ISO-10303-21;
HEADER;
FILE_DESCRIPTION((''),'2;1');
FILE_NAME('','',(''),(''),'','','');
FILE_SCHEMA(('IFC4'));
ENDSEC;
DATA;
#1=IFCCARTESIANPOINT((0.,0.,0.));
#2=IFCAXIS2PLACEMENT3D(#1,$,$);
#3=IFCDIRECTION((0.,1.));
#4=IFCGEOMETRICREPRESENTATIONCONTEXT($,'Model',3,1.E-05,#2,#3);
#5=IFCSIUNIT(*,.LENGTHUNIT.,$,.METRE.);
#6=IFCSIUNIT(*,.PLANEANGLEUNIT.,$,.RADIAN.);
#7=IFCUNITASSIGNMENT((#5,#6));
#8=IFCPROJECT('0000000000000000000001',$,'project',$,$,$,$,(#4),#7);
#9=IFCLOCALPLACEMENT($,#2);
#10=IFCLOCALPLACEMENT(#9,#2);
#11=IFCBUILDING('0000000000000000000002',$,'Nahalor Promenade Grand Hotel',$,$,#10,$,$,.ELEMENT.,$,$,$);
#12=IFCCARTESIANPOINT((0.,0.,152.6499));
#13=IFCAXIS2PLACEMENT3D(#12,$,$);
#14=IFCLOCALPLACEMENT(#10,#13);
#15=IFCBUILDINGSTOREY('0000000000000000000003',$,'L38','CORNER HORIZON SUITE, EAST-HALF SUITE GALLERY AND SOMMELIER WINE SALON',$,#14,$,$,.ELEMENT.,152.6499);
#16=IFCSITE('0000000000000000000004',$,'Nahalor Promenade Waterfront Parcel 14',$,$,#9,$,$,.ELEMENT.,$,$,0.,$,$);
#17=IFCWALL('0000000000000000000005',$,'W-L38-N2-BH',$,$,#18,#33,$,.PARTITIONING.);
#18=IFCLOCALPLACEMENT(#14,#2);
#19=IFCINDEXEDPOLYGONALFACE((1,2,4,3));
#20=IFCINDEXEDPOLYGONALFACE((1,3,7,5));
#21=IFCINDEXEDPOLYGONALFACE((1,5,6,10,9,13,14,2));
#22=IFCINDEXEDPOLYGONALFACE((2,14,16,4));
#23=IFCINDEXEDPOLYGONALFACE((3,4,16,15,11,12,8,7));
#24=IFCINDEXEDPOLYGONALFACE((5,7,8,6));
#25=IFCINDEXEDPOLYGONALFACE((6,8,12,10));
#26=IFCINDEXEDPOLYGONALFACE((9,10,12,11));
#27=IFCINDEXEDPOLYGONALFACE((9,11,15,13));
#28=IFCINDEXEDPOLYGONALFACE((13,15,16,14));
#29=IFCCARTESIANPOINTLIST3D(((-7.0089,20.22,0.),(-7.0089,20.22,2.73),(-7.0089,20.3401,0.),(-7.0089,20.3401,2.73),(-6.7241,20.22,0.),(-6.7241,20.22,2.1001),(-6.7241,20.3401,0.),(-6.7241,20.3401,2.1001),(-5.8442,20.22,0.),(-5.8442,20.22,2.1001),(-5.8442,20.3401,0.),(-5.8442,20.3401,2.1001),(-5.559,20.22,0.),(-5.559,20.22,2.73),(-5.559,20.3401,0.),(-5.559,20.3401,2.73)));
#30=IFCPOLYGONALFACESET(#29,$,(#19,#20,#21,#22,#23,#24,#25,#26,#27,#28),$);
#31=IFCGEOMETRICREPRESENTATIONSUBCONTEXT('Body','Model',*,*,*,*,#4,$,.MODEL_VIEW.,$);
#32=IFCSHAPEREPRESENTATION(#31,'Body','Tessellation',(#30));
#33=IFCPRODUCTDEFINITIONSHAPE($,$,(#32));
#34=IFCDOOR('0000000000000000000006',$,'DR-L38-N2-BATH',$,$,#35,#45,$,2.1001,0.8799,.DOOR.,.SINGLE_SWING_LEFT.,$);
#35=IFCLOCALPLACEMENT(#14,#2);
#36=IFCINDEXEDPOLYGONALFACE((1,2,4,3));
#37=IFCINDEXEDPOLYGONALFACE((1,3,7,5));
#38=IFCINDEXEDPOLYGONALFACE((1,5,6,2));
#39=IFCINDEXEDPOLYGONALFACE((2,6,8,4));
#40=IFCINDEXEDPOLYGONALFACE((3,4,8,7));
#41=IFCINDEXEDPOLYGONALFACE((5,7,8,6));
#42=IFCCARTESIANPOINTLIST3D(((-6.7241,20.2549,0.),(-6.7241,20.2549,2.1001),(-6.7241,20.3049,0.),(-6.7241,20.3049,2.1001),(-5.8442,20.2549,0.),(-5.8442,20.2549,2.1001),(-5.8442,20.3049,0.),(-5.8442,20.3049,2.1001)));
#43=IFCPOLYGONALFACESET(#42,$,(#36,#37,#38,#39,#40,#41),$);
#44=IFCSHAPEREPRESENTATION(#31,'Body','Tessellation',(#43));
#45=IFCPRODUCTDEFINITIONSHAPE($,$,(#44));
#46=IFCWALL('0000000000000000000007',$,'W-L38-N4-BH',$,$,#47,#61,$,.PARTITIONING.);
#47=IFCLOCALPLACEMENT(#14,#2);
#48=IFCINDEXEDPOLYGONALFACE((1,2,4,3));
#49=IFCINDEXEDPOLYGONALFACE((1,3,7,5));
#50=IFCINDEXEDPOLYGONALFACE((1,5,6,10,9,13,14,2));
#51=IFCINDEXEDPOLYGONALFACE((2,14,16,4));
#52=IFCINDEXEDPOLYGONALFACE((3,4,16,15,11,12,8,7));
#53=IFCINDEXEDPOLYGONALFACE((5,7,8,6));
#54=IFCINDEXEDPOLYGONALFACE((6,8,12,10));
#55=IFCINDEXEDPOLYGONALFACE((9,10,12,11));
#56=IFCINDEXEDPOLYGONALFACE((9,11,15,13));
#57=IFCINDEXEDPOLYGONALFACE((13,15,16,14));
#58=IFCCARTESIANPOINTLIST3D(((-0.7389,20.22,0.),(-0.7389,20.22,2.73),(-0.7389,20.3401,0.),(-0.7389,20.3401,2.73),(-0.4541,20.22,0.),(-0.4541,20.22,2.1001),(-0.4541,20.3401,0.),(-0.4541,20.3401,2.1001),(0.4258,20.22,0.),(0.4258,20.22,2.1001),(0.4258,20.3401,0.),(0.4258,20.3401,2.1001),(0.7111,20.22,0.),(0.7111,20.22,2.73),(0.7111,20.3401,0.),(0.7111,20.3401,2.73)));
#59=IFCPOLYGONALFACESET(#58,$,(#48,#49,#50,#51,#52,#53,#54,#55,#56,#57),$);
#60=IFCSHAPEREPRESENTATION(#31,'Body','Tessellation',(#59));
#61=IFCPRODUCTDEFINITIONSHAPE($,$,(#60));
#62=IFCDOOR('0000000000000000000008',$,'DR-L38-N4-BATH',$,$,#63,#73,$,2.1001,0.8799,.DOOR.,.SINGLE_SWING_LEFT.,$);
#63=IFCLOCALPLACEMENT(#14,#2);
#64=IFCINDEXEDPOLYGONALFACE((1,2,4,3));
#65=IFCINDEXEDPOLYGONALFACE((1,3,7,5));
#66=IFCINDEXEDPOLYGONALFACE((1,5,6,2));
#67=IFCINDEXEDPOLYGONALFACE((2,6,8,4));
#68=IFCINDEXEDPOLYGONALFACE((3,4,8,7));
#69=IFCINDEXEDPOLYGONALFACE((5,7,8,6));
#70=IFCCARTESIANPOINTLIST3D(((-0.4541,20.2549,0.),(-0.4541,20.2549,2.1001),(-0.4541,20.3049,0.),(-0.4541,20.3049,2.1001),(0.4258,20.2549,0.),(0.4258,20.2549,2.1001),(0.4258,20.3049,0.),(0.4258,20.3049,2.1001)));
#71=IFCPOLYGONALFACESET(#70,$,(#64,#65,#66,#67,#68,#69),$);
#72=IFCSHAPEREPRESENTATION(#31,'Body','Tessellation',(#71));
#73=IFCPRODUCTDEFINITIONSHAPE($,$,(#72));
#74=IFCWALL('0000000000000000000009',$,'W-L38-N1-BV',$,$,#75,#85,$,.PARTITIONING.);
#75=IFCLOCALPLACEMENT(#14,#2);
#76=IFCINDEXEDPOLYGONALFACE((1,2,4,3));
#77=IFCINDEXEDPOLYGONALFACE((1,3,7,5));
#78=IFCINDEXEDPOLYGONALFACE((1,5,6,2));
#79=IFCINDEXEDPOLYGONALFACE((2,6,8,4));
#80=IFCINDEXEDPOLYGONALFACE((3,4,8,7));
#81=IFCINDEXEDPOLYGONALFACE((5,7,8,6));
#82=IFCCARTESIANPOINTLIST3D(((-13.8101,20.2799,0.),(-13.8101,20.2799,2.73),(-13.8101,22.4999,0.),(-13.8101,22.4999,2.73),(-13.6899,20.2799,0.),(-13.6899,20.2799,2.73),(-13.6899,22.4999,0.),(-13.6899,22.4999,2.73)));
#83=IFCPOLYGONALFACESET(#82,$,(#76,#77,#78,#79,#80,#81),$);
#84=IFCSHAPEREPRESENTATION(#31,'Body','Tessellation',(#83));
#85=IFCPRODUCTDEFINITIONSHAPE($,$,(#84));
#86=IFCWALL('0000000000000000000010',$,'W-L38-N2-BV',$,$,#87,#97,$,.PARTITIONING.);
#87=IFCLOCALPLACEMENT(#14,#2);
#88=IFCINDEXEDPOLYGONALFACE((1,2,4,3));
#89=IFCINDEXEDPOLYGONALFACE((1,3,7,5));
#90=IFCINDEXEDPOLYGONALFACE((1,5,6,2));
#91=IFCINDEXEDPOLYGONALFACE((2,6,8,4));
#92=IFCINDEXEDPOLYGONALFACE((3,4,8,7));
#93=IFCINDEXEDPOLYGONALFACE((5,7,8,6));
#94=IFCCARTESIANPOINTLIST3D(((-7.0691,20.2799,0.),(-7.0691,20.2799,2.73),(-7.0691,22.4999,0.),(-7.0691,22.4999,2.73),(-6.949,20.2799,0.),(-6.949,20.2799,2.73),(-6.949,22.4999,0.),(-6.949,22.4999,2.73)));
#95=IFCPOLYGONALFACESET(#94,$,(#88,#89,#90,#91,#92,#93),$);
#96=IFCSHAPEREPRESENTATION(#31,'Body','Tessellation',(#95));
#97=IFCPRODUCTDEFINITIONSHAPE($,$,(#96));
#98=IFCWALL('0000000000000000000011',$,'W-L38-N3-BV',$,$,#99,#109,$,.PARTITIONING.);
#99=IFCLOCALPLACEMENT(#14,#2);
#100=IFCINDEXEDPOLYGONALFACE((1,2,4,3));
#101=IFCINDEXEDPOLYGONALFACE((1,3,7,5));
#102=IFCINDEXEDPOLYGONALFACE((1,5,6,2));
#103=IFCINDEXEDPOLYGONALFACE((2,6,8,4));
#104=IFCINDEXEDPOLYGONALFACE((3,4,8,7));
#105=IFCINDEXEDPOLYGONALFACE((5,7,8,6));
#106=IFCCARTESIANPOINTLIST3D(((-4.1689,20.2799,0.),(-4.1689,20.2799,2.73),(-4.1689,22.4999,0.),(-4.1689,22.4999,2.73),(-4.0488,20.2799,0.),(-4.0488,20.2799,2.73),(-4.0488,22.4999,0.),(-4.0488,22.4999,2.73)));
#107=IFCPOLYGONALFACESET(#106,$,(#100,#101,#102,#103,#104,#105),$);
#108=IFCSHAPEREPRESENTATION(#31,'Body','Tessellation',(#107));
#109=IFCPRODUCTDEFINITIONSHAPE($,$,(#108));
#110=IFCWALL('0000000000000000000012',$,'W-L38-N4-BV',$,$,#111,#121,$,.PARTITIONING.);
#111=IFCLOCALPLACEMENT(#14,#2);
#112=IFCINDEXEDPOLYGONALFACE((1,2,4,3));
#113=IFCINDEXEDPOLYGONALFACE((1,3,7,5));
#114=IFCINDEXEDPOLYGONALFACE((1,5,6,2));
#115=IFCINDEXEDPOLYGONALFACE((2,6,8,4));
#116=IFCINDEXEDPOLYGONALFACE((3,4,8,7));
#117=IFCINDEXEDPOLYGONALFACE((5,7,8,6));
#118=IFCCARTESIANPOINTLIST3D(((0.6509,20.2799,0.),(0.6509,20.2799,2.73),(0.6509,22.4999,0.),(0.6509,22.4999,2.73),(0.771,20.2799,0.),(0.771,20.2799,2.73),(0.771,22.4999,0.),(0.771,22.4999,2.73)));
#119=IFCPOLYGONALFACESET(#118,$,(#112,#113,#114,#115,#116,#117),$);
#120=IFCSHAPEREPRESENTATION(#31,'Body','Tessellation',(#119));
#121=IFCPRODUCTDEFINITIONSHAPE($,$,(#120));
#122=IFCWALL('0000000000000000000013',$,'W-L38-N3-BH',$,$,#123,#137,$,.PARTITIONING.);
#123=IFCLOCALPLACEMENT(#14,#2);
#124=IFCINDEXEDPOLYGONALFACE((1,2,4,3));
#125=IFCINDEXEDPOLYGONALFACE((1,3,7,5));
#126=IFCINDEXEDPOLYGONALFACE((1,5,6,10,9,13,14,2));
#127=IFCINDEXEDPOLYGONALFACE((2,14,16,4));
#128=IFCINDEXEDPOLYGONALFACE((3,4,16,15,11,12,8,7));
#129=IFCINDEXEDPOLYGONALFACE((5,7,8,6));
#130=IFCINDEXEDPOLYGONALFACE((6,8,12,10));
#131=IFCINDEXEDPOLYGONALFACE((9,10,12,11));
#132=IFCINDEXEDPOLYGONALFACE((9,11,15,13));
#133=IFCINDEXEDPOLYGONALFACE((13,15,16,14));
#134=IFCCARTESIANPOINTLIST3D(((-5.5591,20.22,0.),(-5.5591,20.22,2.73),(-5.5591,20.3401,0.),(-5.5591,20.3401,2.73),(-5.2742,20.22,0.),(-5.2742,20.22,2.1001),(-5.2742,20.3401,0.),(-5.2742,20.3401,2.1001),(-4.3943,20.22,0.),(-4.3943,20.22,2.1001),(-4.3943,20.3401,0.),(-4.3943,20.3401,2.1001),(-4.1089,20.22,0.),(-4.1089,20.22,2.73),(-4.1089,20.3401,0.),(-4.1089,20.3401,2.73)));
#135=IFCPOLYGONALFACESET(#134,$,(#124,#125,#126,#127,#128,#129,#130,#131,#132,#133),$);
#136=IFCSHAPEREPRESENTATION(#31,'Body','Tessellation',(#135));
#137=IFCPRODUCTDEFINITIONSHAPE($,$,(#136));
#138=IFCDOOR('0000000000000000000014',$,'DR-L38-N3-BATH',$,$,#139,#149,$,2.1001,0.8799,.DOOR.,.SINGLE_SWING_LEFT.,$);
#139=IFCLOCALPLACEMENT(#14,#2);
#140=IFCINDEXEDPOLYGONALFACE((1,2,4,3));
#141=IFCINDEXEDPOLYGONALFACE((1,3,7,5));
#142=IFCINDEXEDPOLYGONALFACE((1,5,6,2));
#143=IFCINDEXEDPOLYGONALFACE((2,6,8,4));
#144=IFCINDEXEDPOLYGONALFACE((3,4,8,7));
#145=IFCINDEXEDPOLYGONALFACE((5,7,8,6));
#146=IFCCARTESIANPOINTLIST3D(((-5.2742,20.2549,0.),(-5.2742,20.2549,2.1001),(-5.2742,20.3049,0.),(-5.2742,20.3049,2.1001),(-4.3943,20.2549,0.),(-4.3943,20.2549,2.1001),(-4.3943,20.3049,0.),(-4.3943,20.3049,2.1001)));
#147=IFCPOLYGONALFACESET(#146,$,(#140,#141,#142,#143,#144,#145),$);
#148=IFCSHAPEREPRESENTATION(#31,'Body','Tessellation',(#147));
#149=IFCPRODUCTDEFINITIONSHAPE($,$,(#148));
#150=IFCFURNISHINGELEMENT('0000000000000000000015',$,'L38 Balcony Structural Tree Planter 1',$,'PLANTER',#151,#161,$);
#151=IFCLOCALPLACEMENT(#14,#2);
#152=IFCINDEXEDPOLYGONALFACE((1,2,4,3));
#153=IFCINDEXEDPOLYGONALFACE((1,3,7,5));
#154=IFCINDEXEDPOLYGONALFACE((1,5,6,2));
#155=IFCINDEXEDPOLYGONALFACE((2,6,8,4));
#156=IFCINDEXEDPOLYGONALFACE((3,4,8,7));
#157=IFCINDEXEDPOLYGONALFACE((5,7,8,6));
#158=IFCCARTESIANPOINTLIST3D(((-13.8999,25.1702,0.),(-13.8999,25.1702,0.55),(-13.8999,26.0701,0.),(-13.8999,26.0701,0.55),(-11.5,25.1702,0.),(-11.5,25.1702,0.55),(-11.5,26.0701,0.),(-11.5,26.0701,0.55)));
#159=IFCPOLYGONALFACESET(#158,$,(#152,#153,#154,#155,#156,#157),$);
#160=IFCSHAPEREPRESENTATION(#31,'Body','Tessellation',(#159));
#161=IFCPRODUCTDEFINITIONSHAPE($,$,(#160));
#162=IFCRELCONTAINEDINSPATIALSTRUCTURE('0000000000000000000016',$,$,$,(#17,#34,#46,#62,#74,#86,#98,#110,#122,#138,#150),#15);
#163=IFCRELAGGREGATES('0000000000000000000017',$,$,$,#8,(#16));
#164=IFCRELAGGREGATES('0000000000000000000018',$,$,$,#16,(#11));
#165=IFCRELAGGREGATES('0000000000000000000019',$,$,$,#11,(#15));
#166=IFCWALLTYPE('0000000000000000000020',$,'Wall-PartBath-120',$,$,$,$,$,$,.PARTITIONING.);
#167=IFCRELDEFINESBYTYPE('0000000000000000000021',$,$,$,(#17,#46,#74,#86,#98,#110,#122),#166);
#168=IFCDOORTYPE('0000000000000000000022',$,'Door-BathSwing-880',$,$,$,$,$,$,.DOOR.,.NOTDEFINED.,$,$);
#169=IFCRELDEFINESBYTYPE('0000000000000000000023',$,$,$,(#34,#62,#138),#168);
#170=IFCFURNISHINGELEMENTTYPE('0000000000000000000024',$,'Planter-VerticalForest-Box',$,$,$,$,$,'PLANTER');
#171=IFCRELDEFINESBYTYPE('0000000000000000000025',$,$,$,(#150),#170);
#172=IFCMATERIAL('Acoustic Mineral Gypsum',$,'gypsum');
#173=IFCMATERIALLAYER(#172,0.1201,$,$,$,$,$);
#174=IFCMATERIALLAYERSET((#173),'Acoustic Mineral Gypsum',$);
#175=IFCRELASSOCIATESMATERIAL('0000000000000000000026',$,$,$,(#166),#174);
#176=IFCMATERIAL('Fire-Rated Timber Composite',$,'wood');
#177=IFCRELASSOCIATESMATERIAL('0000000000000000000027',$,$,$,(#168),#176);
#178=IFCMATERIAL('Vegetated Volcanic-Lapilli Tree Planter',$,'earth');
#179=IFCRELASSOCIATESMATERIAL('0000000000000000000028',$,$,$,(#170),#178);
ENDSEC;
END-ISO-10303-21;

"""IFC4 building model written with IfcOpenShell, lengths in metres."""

from ifc_helpers import new_model, si_unit, direction, frame, frame_2d, origin, origin_2d, place, context, subcontext, project, spatial, rectangle, extrude, source, transform, mapped, material, layer, layer_set, type_object, element, fill, save


model = new_model("IFC4")

# Units and contexts
model_context = context("Model", 3, precision=1e-05, world=origin(), true_north=direction((0.0, 1.0)))
body_context = subcontext(model_context, "Body", "Model", "MODEL_VIEW")
ifc_project = project(units=[si_unit("LENGTHUNIT", "METRE"), si_unit("PLANEANGLEUNIT", "RADIAN")], contexts=[model_context])

# Site, building, storey
site_placement = place(None, origin())
site = spatial("IfcSite", under=ifc_project, at=site_placement, Name="Nahalor Promenade Waterfront Parcel 14", CompositionType="ELEMENT", RefElevation=0.0)
building_placement = place(site_placement, origin())
building = spatial("IfcBuilding", under=site, at=building_placement, Name="Nahalor Promenade Grand Hotel", CompositionType="ELEMENT")
storey_placement = place(building_placement, frame((0.0, 0.0, 152.6499)))
storey = spatial("IfcBuildingStorey", under=building, at=storey_placement, Name="L38", Description="CORNER HORIZON SUITE, EAST-HALF SUITE GALLERY AND SOMMELIER WINE SALON", CompositionType="ELEMENT", Elevation=152.6499)

# Walls, openings, doors
ifc_material_1 = material(Name="Acoustic Mineral Gypsum", Category="gypsum")
ifc_layer_1 = layer(ifc_material_1, 0.1201)
ifc_layer_set_1 = layer_set([ifc_layer_1], Name="Acoustic Mineral Gypsum")
wall_type = type_object("IfcWallType", Name="Wall-PartBath-120", PredefinedType="PARTITIONING", material=ifc_layer_set_1)
shared_shape_1 = source(origin(), body_context, "Body", "SweptSolid", [
    extrude(rectangle(XDim=1.45, YDim=0.1201, at=frame_2d((0.7251, 0.0))), origin(), (0.0, 0.0, 1.0), 2.73),
])
ifc_material_2 = material(Name="Fire-Rated Timber Composite", Category="wood")
door_type = type_object("IfcDoorType", Name="Door-BathSwing-880", OperationType="NOTDEFINED", PredefinedType="DOOR", material=ifc_material_2)
shared_shape_2 = source(origin(), body_context, "Body", "SweptSolid", [
    extrude(rectangle(XDim=0.8799, YDim=2.1001, at=frame_2d((0.4399, 1.05))), frame((0.0, 0.0249, 0.0), z_axis=(0.0, -1.0, 0.0), x_axis=(1.0, 0.0, 0.0)), (0.0, 0.0, 1.0), 0.05),
])
wall_1_placement = place(storey_placement, frame((-7.009, 20.28, 0.0), z_axis=(0.0, 0.0, 1.0), x_axis=(1.0, 0.0, 0.0)))
wall_1 = element("IfcWall", 1, at=wall_1_placement, inside=storey, type_object=wall_type, Name="W-L38-N2-BH", PredefinedType="PARTITIONING", context=body_context, shape_type="MappedRepresentation", body=[
    mapped(shared_shape_1, transform((0.0, 0.0, 0.0), scale=1.0)),
])
opening_1_placement = place(wall_1_placement, frame((0.2849, 0.0, 0.0)))
opening_1 = element("IfcOpeningElement", 2, at=opening_1_placement, cuts=wall_1, PredefinedType="OPENING", context=body_context, shape_type="SweptSolid", body=[
    extrude(rectangle(XDim=0.8799, YDim=2.1001, at=frame_2d((0.4399, 1.05))), frame((0.0, 0.0701, 0.0), z_axis=(0.0, -1.0, 0.0), x_axis=(1.0, 0.0, 0.0)), (0.0, 0.0, 1.0), 0.1401),
])
door_1_placement = place(opening_1_placement, origin())
door_1 = element("IfcDoor", 3, at=door_1_placement, inside=storey, type_object=door_type, Name="DR-L38-N2-BATH", OperationType="SINGLE_SWING_LEFT", OverallHeight=2.1001, OverallWidth=0.8799, PredefinedType="DOOR", context=body_context, shape_type="MappedRepresentation", body=[
    mapped(shared_shape_2, transform((0.0, 0.0, 0.0), scale=1.0)),
])
fill(opening_1, door_1)
wall_2_placement = place(storey_placement, frame((-0.739, 20.28, 0.0), z_axis=(0.0, 0.0, 1.0), x_axis=(1.0, 0.0, 0.0)))
wall_2 = element("IfcWall", 4, at=wall_2_placement, inside=storey, type_object=wall_type, Name="W-L38-N4-BH", PredefinedType="PARTITIONING", context=body_context, shape_type="MappedRepresentation", body=[
    mapped(shared_shape_1, transform((0.0, 0.0, 0.0), scale=1.0)),
])
opening_2_placement = place(wall_2_placement, frame((0.2849, 0.0, 0.0)))
opening_2 = element("IfcOpeningElement", 5, at=opening_2_placement, cuts=wall_2, PredefinedType="OPENING", context=body_context, shape_type="SweptSolid", body=[
    extrude(rectangle(XDim=0.8799, YDim=2.1001, at=frame_2d((0.4399, 1.05))), frame((0.0, 0.0701, 0.0), z_axis=(0.0, -1.0, 0.0), x_axis=(1.0, 0.0, 0.0)), (0.0, 0.0, 1.0), 0.1401),
])
door_2_placement = place(opening_2_placement, origin())
door_2 = element("IfcDoor", 6, at=door_2_placement, inside=storey, type_object=door_type, Name="DR-L38-N4-BATH", OperationType="SINGLE_SWING_LEFT", OverallHeight=2.1001, OverallWidth=0.8799, PredefinedType="DOOR", context=body_context, shape_type="MappedRepresentation", body=[
    mapped(shared_shape_2, transform((0.0, 0.0, 0.0), scale=1.0)),
])
fill(opening_2, door_2)

# Walls
shared_shape_3 = source(origin(), body_context, "Body", "SweptSolid", [
    extrude(rectangle(XDim=2.22, YDim=0.1201, at=frame_2d((1.1099, 0.0))), origin(), (0.0, 0.0, 1.0), 2.73),
])
for number, where, z_axis, x_axis, name in (
    (7, (-13.75, 20.28, 0.0), (0.0, 0.0, 1.0), (0.0, 1.0, 0.0), "W-L38-N1-BV"),
    (8, (-7.009, 20.28, 0.0), (0.0, 0.0, 1.0), (0.0, 1.0, 0.0), "W-L38-N2-BV"),
    (9, (-4.1089, 20.28, 0.0), (0.0, 0.0, 1.0), (0.0, 1.0, 0.0), "W-L38-N3-BV"),
    (10, (0.7109, 20.28, 0.0), (0.0, 0.0, 1.0), (0.0, 1.0, 0.0), "W-L38-N4-BV"),
):
    element("IfcWall", number, at=place(storey_placement, frame(where, z_axis=z_axis, x_axis=x_axis)), inside=storey, type_object=wall_type, Name=name, PredefinedType="PARTITIONING", context=body_context, shape_type="MappedRepresentation", body=[
        mapped(shared_shape_3, transform((0.0, 0.0, 0.0), scale=1.0)),
    ])

# Wall, opening, door
shared_shape_4 = source(origin(), body_context, "Body", "SweptSolid", [
    extrude(rectangle(XDim=1.4502, YDim=0.1201, at=frame_2d((0.7251, 0.0))), origin(), (0.0, 0.0, 1.0), 2.73),
])
wall_3_placement = place(storey_placement, frame((-5.5591, 20.28, 0.0), z_axis=(0.0, 0.0, 1.0), x_axis=(1.0, 0.0, 0.0)))
wall_3 = element("IfcWall", 11, at=wall_3_placement, inside=storey, type_object=wall_type, Name="W-L38-N3-BH", PredefinedType="PARTITIONING", context=body_context, shape_type="MappedRepresentation", body=[
    mapped(shared_shape_4, transform((0.0, 0.0, 0.0), scale=1.0)),
])
opening_3_placement = place(wall_3_placement, frame((0.2849, 0.0, 0.0)))
opening_3 = element("IfcOpeningElement", 12, at=opening_3_placement, cuts=wall_3, PredefinedType="OPENING", context=body_context, shape_type="SweptSolid", body=[
    extrude(rectangle(XDim=0.8799, YDim=2.1001, at=frame_2d((0.4399, 1.05))), frame((0.0, 0.0701, 0.0), z_axis=(0.0, -1.0, 0.0), x_axis=(1.0, 0.0, 0.0)), (0.0, 0.0, 1.0), 0.1401),
])
door_3_placement = place(opening_3_placement, origin())
door_3 = element("IfcDoor", 13, at=door_3_placement, inside=storey, type_object=door_type, Name="DR-L38-N3-BATH", OperationType="SINGLE_SWING_LEFT", OverallHeight=2.1001, OverallWidth=0.8799, PredefinedType="DOOR", context=body_context, shape_type="MappedRepresentation", body=[
    mapped(shared_shape_2, transform((0.0, 0.0, 0.0), scale=1.0)),
])
fill(opening_3, door_3)

# Furnishing element
ifc_material_3 = material(Name="Vegetated Volcanic-Lapilli Tree Planter", Category="earth")
furnishing_element_type = type_object("IfcFurnishingElementType", Name="Planter-VerticalForest-Box", ElementType="PLANTER", material=ifc_material_3)
shared_shape_5 = source(origin(), body_context, "Body", "SweptSolid", [
    extrude(rectangle(XDim=2.3999, YDim=0.8999, at=origin_2d()), origin(), (0.0, 0.0, 1.0), 0.55),
])
furnishing_placement = place(storey_placement, frame((-12.7, 25.6201, 0.0), z_axis=(0.0, 0.0, 1.0), x_axis=(1.0, 0.0, 0.0)))
element("IfcFurnishingElement", 14, at=furnishing_placement, inside=storey, type_object=furnishing_element_type, Name="L38 Balcony Structural Tree Planter 1", ObjectType="PLANTER", context=body_context, shape_type="MappedRepresentation", body=[
    mapped(shared_shape_5, transform((0.0, 0.0, 0.0), scale=1.0)),
])

save(model, "model.ifc")
